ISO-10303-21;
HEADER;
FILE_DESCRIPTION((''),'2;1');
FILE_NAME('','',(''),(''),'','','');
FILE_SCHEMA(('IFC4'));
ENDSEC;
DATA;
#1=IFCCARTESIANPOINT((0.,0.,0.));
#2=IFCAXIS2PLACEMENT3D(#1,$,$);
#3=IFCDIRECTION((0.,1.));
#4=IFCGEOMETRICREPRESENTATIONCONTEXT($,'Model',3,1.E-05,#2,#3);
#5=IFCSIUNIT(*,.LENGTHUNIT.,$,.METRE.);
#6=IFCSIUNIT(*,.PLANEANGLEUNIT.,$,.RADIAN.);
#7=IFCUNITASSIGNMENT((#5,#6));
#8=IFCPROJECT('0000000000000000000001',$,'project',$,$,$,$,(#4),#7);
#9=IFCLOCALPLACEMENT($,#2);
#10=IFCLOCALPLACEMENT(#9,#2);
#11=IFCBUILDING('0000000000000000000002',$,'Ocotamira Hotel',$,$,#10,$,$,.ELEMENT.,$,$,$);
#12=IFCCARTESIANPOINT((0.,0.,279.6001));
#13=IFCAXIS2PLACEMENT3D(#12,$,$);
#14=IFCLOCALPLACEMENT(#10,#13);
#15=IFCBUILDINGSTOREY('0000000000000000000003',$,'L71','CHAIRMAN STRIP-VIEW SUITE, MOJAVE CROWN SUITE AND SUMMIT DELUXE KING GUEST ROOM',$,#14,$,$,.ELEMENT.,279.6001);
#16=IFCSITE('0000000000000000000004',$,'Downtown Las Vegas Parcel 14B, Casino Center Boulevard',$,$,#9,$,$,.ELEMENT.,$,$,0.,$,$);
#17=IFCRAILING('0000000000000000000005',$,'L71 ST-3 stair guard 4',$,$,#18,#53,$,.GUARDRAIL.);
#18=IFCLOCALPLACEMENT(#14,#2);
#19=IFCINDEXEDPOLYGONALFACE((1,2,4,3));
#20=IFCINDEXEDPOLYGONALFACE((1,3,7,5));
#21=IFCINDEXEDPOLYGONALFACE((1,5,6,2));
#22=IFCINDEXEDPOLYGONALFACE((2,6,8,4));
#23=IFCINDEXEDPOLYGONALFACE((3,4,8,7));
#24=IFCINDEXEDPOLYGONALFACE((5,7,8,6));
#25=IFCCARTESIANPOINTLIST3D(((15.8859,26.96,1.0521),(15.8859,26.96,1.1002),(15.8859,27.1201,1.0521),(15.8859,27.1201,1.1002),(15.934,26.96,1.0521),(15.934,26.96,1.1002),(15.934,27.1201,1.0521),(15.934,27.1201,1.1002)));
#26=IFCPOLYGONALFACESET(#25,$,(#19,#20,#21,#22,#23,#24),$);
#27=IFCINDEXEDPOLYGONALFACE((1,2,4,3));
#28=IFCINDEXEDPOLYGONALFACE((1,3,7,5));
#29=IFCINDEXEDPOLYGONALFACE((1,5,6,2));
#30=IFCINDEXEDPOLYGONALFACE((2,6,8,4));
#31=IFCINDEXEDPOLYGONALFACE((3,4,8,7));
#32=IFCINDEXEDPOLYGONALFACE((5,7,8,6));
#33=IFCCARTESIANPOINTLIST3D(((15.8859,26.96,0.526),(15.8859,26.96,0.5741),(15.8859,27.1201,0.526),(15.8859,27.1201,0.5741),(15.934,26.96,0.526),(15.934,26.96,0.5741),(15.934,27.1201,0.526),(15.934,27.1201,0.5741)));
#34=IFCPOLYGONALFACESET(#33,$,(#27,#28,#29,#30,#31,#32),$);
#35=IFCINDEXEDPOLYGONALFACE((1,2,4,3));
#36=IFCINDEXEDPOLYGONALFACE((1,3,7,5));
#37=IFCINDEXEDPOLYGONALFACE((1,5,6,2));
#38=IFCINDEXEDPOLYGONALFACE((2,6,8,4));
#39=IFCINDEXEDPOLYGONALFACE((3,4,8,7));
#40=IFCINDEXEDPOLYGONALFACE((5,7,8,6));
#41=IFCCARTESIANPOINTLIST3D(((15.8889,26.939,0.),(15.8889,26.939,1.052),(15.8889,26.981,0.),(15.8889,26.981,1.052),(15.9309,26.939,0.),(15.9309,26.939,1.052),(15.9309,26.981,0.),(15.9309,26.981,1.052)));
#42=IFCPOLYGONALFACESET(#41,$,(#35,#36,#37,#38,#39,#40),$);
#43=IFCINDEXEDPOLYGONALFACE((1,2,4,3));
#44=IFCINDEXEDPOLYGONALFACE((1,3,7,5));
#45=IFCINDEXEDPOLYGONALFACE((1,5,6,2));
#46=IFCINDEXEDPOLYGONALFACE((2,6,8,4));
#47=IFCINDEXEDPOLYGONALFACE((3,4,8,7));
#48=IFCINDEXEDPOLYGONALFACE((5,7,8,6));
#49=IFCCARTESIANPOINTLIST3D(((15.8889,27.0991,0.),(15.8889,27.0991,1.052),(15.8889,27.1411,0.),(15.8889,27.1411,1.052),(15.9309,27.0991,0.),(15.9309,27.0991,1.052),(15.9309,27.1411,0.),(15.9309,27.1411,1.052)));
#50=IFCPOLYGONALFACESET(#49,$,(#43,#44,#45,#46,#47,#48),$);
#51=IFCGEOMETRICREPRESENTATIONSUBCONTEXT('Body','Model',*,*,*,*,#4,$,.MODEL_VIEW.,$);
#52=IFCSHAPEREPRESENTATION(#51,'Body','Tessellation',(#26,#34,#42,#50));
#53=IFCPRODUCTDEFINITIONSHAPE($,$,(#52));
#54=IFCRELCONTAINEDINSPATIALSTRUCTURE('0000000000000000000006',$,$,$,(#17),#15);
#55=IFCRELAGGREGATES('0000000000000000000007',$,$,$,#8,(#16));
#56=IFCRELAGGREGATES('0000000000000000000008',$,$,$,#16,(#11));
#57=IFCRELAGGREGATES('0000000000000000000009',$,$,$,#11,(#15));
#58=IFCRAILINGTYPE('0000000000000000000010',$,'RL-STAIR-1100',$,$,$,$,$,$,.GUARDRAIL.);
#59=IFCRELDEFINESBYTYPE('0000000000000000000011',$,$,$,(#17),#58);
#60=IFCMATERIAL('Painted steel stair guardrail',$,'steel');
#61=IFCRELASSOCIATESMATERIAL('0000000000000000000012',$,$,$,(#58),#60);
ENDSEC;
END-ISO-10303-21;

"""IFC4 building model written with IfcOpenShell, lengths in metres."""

from ifc_helpers import new_model, si_unit, direction, frame, origin, origin_2d, place, context, subcontext, project, spatial, rectangle, extrude, material, type_object, element, save


model = new_model("IFC4")

# Units and contexts
model_context = context("Model", 3, precision=1e-05, world=origin(), true_north=direction((0.0, 1.0)))
body_context = subcontext(model_context, "Body", "Model", "MODEL_VIEW")
ifc_project = project(units=[si_unit("LENGTHUNIT", "METRE"), si_unit("PLANEANGLEUNIT", "RADIAN")], contexts=[model_context])

# Site, building, storey
site_placement = place(None, origin())
site = spatial("IfcSite", under=ifc_project, at=site_placement, Name="Downtown Las Vegas Parcel 14B, Casino Center Boulevard", CompositionType="ELEMENT", RefElevation=0.0)
building_placement = place(site_placement, origin())
building = spatial("IfcBuilding", under=site, at=building_placement, Name="Ocotamira Hotel", CompositionType="ELEMENT")
storey_placement = place(building_placement, frame((0.0, 0.0, 279.6001)))
storey = spatial("IfcBuildingStorey", under=building, at=storey_placement, Name="L71", Description="CHAIRMAN STRIP-VIEW SUITE, MOJAVE CROWN SUITE AND SUMMIT DELUXE KING GUEST ROOM", CompositionType="ELEMENT", Elevation=279.6001)

# Railing
ifc_material_1 = material(Name="Painted steel stair guardrail", Category="steel")
railing_type_1 = type_object("IfcRailingType", Name="RL-STAIR-1100", PredefinedType="GUARDRAIL", material=ifc_material_1)
railing_1_placement = place(storey_placement, frame((15.9099, 26.96, 0.0)))
element("IfcRailing", 1, at=railing_1_placement, inside=storey, type_object=railing_type_1, Name="L71 ST-3 stair guard 4", PredefinedType="GUARDRAIL", context=body_context, shape_type="SweptSolid", body=[
    extrude(rectangle(XDim=0.0481, YDim=0.0481, at=origin_2d()), frame((0.0, 0.0, 1.0762), z_axis=(0.0, 1.0, 0.0), x_axis=(-1.0, 0.0, 0.0)), (0.0, 0.0, 1.0), 0.1602),
    extrude(rectangle(XDim=0.0481, YDim=0.0481, at=origin_2d()), frame((0.0, 0.0, 0.55), z_axis=(0.0, 1.0, 0.0), x_axis=(-1.0, 0.0, 0.0)), (0.0, 0.0, 1.0), 0.1602),
    extrude(rectangle(XDim=0.042, YDim=0.042, at=origin_2d()), origin(), (0.0, 0.0, 1.0), 1.052),
    extrude(rectangle(XDim=0.042, YDim=0.042, at=origin_2d()), frame((0.0, 0.1602, 0.0)), (0.0, 0.0, 1.0), 1.052),
])

save(model, "model.ifc")
